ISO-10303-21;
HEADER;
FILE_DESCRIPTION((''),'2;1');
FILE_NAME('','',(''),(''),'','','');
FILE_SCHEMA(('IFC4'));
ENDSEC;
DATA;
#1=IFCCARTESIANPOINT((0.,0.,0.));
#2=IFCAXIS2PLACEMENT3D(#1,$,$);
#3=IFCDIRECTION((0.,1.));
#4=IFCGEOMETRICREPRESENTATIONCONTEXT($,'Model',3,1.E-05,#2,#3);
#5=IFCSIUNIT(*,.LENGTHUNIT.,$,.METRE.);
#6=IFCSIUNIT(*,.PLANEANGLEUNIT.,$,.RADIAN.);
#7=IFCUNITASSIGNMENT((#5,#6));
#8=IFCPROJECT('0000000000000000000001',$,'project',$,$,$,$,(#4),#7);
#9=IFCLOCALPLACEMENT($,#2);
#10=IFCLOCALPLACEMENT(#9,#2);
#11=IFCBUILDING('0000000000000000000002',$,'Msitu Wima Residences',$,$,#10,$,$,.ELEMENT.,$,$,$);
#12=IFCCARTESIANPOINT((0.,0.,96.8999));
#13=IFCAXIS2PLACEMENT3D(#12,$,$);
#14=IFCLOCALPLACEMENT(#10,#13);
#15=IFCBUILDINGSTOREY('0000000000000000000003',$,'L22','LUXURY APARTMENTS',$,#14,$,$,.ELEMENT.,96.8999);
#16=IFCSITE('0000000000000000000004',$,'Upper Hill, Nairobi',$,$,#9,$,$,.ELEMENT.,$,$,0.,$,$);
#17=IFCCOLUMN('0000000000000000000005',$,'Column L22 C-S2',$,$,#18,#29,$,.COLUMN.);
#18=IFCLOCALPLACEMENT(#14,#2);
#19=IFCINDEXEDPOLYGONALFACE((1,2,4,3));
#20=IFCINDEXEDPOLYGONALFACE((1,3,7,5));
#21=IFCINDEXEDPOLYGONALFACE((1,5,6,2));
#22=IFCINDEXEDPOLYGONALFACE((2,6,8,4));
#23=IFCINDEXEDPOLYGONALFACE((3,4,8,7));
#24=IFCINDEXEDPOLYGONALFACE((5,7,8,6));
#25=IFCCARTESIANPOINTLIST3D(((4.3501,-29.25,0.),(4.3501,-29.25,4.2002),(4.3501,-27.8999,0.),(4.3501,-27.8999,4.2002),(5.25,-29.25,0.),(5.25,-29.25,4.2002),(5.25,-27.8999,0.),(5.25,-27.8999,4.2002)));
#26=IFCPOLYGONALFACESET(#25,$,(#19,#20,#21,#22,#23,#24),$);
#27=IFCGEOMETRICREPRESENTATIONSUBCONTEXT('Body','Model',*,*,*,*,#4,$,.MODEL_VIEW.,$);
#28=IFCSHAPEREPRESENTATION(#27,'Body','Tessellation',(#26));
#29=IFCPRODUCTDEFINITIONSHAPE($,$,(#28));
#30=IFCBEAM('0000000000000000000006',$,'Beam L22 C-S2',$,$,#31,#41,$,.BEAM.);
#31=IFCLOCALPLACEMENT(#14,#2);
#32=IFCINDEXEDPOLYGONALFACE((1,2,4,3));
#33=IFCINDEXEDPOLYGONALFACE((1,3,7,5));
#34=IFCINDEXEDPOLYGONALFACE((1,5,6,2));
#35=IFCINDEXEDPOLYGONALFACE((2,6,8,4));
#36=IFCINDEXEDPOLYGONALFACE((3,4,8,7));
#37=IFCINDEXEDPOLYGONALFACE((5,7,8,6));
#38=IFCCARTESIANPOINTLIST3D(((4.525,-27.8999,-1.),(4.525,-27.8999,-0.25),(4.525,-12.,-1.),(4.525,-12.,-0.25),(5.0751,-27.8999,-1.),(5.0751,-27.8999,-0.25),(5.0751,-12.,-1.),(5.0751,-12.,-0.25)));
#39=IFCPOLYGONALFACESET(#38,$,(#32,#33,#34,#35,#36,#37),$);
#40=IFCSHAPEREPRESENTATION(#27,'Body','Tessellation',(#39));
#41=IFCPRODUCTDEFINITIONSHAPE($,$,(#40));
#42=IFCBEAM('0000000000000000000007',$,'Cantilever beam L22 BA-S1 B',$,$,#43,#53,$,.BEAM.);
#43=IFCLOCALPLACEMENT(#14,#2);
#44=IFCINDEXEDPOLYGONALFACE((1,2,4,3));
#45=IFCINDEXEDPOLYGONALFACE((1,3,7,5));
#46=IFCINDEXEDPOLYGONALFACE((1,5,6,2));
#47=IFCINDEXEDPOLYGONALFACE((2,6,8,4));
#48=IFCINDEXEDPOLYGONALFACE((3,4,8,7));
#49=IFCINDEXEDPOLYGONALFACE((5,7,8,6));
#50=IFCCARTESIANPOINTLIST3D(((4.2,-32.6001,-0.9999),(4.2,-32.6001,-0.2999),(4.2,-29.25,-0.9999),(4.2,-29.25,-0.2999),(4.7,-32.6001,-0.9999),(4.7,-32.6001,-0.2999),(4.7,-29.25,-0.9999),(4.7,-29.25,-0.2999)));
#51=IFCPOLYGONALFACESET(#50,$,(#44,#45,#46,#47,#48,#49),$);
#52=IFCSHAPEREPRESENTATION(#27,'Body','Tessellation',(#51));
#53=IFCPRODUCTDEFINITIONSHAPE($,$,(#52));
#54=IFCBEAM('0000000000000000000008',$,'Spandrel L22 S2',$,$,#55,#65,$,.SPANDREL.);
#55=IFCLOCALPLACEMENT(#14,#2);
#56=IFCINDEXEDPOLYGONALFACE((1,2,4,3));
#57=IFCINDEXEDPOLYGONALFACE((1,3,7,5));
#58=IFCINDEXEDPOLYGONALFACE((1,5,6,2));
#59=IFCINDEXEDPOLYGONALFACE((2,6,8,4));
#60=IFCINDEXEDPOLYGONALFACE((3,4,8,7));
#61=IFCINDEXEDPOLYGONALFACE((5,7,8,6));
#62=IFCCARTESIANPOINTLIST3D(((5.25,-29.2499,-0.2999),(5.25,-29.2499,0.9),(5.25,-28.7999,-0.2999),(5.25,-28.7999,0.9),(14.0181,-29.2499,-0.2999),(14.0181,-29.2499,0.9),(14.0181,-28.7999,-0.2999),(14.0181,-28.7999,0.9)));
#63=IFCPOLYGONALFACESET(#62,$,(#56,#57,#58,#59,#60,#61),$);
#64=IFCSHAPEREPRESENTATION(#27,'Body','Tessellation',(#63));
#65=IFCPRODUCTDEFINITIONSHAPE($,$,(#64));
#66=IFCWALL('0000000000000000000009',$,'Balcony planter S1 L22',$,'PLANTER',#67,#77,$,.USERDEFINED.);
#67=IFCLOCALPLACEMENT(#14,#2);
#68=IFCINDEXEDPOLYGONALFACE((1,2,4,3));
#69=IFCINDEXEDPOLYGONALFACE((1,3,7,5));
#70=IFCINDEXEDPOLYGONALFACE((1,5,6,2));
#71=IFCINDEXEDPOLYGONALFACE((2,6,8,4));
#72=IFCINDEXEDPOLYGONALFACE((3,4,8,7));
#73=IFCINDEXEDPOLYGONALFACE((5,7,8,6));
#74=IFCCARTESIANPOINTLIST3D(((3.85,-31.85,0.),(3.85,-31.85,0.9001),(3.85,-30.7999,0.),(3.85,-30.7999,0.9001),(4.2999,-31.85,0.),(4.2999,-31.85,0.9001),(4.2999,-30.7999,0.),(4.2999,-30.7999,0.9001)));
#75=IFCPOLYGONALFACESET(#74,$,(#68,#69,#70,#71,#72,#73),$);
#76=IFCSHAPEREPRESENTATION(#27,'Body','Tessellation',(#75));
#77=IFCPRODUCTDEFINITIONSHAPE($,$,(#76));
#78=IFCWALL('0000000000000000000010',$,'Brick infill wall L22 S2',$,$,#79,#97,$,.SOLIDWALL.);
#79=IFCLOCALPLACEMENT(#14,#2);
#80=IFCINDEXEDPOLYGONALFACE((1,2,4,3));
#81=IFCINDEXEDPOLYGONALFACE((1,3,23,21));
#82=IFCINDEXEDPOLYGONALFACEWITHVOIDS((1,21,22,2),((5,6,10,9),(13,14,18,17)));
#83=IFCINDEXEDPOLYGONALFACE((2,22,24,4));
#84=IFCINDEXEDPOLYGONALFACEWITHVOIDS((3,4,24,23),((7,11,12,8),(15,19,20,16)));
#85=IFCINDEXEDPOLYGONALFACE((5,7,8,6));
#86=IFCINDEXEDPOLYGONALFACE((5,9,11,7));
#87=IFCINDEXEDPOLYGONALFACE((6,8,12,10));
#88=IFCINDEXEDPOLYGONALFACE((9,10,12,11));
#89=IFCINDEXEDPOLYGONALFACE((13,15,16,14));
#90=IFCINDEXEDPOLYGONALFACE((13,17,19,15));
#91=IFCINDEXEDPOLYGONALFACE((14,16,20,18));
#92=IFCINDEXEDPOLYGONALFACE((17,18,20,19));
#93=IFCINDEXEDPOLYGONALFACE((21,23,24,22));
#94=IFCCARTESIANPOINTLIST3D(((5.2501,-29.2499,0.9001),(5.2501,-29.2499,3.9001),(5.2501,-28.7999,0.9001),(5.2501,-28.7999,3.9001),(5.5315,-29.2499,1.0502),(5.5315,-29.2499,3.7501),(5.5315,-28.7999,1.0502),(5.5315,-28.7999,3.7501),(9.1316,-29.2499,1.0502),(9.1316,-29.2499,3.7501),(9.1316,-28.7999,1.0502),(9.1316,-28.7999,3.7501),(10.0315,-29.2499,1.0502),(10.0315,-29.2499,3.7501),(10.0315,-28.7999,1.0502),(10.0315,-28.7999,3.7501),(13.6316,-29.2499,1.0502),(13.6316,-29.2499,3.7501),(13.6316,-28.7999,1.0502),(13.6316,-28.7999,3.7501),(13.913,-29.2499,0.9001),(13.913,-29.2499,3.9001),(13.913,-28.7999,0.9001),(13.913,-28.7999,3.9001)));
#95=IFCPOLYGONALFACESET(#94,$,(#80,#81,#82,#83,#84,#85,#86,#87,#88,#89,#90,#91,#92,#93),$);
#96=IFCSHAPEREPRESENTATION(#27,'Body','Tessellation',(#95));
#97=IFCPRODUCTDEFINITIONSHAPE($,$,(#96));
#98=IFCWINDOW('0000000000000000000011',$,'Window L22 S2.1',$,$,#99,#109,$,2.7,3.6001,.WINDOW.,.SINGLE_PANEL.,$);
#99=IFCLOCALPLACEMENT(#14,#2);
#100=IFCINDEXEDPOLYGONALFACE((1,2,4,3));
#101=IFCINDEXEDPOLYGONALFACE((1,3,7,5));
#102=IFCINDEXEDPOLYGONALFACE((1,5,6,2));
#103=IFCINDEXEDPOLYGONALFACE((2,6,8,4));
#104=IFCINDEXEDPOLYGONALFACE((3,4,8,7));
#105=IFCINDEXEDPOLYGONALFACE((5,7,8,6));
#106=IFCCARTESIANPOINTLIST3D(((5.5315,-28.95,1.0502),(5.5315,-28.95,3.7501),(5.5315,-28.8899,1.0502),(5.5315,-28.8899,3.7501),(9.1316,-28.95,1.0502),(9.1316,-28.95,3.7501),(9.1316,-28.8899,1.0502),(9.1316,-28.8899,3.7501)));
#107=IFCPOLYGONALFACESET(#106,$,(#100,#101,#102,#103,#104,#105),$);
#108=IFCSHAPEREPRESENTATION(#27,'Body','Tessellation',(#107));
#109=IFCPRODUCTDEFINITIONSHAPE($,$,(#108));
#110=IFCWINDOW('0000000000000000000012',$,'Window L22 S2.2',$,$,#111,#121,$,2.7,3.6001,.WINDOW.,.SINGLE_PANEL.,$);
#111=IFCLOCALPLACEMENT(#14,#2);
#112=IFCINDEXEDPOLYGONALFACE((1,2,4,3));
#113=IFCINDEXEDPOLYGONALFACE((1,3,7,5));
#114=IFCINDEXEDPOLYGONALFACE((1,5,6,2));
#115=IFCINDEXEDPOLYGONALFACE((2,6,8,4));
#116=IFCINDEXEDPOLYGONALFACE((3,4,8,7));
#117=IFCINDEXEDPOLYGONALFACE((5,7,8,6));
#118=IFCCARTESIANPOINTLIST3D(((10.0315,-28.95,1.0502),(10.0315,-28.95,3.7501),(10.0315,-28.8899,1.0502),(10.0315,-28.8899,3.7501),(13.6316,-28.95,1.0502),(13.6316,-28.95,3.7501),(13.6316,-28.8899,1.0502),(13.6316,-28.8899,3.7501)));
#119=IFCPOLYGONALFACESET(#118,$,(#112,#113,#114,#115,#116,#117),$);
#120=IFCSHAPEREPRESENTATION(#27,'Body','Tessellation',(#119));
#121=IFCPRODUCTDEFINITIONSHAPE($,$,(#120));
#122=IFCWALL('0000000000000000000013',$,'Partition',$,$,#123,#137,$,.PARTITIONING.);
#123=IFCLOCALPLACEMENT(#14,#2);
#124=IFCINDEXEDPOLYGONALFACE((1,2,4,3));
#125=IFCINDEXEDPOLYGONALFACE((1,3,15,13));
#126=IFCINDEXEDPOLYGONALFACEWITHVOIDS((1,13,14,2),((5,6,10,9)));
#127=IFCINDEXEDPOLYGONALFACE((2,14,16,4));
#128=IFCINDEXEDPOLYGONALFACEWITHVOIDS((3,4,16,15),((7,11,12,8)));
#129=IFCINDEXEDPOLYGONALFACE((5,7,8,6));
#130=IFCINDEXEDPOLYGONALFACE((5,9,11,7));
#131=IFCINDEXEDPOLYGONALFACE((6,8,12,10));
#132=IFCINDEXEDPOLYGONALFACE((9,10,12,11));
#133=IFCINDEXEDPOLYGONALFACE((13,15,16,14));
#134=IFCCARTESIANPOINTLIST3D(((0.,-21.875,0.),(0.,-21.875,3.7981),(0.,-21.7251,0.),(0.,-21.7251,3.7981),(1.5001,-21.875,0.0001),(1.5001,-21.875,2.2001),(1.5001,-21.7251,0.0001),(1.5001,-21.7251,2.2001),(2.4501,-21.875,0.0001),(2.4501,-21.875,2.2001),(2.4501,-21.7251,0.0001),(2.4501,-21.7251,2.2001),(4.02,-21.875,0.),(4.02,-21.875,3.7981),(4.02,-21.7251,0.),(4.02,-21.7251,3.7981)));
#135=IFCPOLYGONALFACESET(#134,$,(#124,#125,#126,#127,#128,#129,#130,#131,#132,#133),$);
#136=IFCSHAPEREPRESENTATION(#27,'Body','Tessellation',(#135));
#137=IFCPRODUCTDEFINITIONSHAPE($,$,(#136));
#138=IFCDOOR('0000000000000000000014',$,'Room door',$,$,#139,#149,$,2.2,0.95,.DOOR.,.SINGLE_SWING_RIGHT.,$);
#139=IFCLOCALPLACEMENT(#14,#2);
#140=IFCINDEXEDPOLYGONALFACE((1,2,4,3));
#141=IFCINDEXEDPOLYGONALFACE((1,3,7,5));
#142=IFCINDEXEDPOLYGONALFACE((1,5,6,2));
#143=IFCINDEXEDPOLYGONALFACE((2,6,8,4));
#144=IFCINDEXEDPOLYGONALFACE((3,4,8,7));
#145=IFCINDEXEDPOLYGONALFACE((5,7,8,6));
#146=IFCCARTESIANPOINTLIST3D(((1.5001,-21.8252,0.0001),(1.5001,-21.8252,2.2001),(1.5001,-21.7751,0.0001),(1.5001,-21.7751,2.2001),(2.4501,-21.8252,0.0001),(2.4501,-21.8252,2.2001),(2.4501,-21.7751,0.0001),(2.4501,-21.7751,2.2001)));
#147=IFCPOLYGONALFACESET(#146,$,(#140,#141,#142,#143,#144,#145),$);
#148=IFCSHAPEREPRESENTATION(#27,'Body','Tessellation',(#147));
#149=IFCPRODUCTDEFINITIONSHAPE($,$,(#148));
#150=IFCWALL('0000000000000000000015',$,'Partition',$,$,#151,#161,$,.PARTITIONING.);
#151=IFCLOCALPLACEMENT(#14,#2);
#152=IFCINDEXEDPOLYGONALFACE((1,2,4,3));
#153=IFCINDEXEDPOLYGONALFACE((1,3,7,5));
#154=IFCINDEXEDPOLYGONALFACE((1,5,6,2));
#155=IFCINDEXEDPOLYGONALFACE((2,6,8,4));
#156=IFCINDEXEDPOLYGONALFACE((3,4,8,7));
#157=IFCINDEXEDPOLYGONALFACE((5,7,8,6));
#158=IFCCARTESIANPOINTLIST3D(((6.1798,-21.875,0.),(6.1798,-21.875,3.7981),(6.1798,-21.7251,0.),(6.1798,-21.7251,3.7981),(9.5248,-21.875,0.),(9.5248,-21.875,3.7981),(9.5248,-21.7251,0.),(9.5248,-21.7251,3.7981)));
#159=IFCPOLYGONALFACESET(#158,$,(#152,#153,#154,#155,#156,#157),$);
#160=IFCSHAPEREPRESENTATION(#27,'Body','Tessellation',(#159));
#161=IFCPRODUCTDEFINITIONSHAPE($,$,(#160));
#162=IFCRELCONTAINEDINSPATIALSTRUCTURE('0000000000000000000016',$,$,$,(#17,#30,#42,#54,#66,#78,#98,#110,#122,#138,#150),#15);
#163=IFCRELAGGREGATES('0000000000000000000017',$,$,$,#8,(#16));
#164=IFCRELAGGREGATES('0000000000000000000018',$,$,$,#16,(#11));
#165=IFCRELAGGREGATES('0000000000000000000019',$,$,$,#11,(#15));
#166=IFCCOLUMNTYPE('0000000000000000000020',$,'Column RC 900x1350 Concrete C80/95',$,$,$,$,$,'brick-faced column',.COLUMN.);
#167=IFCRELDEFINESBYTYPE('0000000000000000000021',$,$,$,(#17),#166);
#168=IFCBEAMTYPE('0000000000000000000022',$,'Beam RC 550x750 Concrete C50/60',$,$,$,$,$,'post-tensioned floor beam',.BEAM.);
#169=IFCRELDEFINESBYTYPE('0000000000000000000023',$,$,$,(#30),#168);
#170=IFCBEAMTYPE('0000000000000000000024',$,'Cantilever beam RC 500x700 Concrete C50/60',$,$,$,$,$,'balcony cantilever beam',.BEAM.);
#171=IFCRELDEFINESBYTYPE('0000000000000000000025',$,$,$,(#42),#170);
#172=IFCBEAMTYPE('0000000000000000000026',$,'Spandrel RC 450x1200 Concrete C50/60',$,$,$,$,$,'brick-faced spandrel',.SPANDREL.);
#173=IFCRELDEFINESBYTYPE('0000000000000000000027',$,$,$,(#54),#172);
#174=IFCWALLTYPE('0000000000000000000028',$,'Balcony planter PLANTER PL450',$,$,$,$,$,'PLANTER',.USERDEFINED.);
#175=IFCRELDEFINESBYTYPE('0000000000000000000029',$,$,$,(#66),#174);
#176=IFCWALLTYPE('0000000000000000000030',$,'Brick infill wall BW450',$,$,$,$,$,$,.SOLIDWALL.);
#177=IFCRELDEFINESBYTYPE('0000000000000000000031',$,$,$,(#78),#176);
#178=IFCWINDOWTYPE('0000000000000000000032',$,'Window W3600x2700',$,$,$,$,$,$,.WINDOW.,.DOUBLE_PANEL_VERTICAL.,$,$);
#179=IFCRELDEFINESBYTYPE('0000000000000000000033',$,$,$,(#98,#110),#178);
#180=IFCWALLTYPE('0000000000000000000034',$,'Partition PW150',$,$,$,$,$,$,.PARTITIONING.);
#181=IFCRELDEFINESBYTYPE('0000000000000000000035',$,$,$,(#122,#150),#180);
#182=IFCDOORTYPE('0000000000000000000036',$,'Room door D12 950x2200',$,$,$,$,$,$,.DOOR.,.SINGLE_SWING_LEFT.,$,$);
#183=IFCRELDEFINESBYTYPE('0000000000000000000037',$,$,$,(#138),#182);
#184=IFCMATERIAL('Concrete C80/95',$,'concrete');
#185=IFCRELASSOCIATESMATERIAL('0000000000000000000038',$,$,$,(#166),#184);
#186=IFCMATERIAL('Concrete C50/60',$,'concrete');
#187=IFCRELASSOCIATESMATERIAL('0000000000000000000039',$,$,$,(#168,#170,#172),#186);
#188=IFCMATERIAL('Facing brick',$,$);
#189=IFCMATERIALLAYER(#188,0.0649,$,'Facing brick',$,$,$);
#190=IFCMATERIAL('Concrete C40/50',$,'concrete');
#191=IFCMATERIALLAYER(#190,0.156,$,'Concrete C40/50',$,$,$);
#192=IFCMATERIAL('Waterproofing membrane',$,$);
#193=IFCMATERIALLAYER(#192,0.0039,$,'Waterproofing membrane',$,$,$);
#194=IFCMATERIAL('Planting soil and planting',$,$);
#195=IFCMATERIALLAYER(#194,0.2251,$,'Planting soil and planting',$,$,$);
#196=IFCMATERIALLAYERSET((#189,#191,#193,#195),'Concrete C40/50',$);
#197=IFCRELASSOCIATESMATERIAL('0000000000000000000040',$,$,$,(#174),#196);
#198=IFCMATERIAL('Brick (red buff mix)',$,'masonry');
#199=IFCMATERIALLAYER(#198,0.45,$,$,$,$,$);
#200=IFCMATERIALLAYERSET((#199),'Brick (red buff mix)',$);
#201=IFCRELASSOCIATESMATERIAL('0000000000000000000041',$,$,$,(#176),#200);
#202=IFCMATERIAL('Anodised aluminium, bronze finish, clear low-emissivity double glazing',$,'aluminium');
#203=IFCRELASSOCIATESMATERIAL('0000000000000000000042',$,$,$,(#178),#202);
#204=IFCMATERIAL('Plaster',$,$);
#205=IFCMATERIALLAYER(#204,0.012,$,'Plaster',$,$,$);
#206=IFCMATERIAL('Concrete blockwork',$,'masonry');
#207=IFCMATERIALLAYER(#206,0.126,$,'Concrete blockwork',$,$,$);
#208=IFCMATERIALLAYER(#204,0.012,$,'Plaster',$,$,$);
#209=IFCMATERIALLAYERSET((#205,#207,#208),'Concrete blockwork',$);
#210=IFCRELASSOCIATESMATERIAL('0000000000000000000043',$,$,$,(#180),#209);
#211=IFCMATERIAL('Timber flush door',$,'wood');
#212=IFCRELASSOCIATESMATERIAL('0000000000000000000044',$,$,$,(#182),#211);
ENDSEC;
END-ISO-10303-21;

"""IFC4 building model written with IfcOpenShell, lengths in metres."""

from ifc_helpers import new_model, si_unit, direction, frame, frame_2d, origin, origin_2d, place, context, subcontext, project, spatial, rectangle, extrude, material, layer, layer_set, material_profile, profile_set, type_object, element, fill, save


model = new_model("IFC4")

# Units and contexts
model_context = context("Model", 3, precision=1e-05, world=origin(), true_north=direction((0.0, 1.0)))
body_context = subcontext(model_context, "Body", "Model", "MODEL_VIEW")
ifc_project = project(units=[si_unit("LENGTHUNIT", "METRE"), si_unit("PLANEANGLEUNIT", "RADIAN")], contexts=[model_context])

# Site, building, storey
site_placement = place(None, origin())
site = spatial("IfcSite", under=ifc_project, at=site_placement, Name="Upper Hill, Nairobi", CompositionType="ELEMENT", RefElevation=0.0)
building_placement = place(site_placement, origin())
building = spatial("IfcBuilding", under=site, at=building_placement, Name="Msitu Wima Residences", CompositionType="ELEMENT")
storey_placement = place(building_placement, frame((0.0, 0.0, 96.8999)))
storey = spatial("IfcBuildingStorey", under=building, at=storey_placement, Name="L22", Description="LUXURY APARTMENTS", CompositionType="ELEMENT", Elevation=96.8999)

# Column
ifc_material_1 = material(Name="Concrete C80/95", Category="concrete")
ifc_material_profile_1 = material_profile(ifc_material_1, rectangle(XDim=0.8999, YDim=1.3501, at=origin_2d()), Name="RC 900x1350")
ifc_profile_set_1 = profile_set([ifc_material_profile_1], Name="Concrete C80/95")
column_type = type_object("IfcColumnType", Name="Column RC 900x1350 Concrete C80/95", ElementType="brick-faced column", PredefinedType="COLUMN", material=ifc_profile_set_1)
column_placement = place(storey_placement, frame((4.8, -28.575, 0.0), z_axis=(0.0, 0.0, 1.0), x_axis=(1.0, 0.0, 0.0)))
element("IfcColumn", 1, at=column_placement, inside=storey, type_object=column_type, Name="Column L22 C-S2", PredefinedType="COLUMN", context=body_context, shape_type="SweptSolid", body=[
    extrude(rectangle(XDim=0.8999, YDim=1.3501, at=origin_2d()), origin(), (0.0, 0.0, 1.0), 4.2002),
])

# Beams
ifc_material_2 = material(Name="Concrete C50/60", Category="concrete")
ifc_material_profile_2 = material_profile(ifc_material_2, rectangle(XDim=0.55, YDim=0.75, at=origin_2d()), Name="RC 550x750")
ifc_profile_set_2 = profile_set([ifc_material_profile_2], Name="Concrete C50/60")
beam_type_1 = type_object("IfcBeamType", Name="Beam RC 550x750 Concrete C50/60", ElementType="post-tensioned floor beam", PredefinedType="BEAM", material=ifc_profile_set_2)
beam_1_placement = place(storey_placement, frame((4.8, -27.8999, -0.625), z_axis=(0.0, 1.0, 0.0), x_axis=(-1.0, 0.0, 0.0)))
element("IfcBeam", 2, at=beam_1_placement, inside=storey, type_object=beam_type_1, Name="Beam L22 C-S2", PredefinedType="BEAM", context=body_context, shape_type="SweptSolid", body=[
    extrude(rectangle(XDim=0.55, YDim=0.75, at=origin_2d()), origin(), (0.0, 0.0, 1.0), 15.8999),
])
ifc_material_profile_3 = material_profile(ifc_material_2, rectangle(XDim=0.5, YDim=0.7, at=origin_2d()), Name="RC 500x700")
ifc_profile_set_3 = profile_set([ifc_material_profile_3], Name="Concrete C50/60")
beam_type_2 = type_object("IfcBeamType", Name="Cantilever beam RC 500x700 Concrete C50/60", ElementType="balcony cantilever beam", PredefinedType="BEAM", material=ifc_profile_set_3)
beam_2_placement = place(storey_placement, frame((4.45, -29.25, -0.6499), z_axis=(0.0, -1.0, 0.0), x_axis=(1.0, 0.0, 0.0)))
element("IfcBeam", 3, at=beam_2_placement, inside=storey, type_object=beam_type_2, Name="Cantilever beam L22 BA-S1 B", PredefinedType="BEAM", context=body_context, shape_type="SweptSolid", body=[
    extrude(rectangle(XDim=0.5, YDim=0.7, at=origin_2d()), origin(), (0.0, 0.0, 1.0), 3.3501),
])
ifc_material_profile_4 = material_profile(ifc_material_2, rectangle(XDim=0.45, YDim=1.2, at=origin_2d()), Name="RC 450x1200")
ifc_profile_set_4 = profile_set([ifc_material_profile_4], Name="Concrete C50/60")
beam_type_3 = type_object("IfcBeamType", Name="Spandrel RC 450x1200 Concrete C50/60", ElementType="brick-faced spandrel", PredefinedType="SPANDREL", material=ifc_profile_set_4)
beam_3_placement = place(storey_placement, frame((5.25, -29.0249, 0.3), z_axis=(1.0, 0.0, 0.0), x_axis=(0.0, 1.0, 0.0)))
element("IfcBeam", 4, at=beam_3_placement, inside=storey, type_object=beam_type_3, Name="Spandrel L22 S2", PredefinedType="SPANDREL", context=body_context, shape_type="SweptSolid", body=[
    extrude(rectangle(XDim=0.45, YDim=1.2, at=origin_2d()), origin(), (0.0, 0.0, 1.0), 8.7681),
])

# Wall
ifc_material_3 = material(Name="Facing brick")
ifc_layer_1 = layer(ifc_material_3, 0.0649, Name="Facing brick")
ifc_material_4 = material(Name="Concrete C40/50", Category="concrete")
ifc_layer_2 = layer(ifc_material_4, 0.156, Name="Concrete C40/50")
ifc_material_5 = material(Name="Waterproofing membrane")
ifc_layer_3 = layer(ifc_material_5, 0.0039, Name="Waterproofing membrane")
ifc_material_6 = material(Name="Planting soil and planting")
ifc_layer_4 = layer(ifc_material_6, 0.2251, Name="Planting soil and planting")
ifc_layer_set_1 = layer_set([ifc_layer_1, ifc_layer_2, ifc_layer_3, ifc_layer_4], Name="Concrete C40/50")
wall_type_1 = type_object("IfcWallType", Name="Balcony planter PLANTER PL450", ElementType="PLANTER", PredefinedType="USERDEFINED", material=ifc_layer_set_1)
wall_1_placement = place(storey_placement, frame((4.075, -30.8, 0.0), z_axis=(0.0, 0.0, 1.0), x_axis=(0.0, -1.0, 0.0)))
element("IfcWall", 5, at=wall_1_placement, inside=storey, type_object=wall_type_1, Name="Balcony planter S1 L22", ObjectType="PLANTER", PredefinedType="USERDEFINED", context=body_context, shape_type="SweptSolid", body=[
    extrude(rectangle(XDim=1.05, YDim=0.45, at=frame_2d((0.5249, 0.0))), origin(), (0.0, 0.0, 1.0), 0.9001),
])

# Wall, openings, windows
ifc_material_7 = material(Name="Brick (red buff mix)", Category="masonry")
ifc_layer_5 = layer(ifc_material_7, 0.45)
ifc_layer_set_2 = layer_set([ifc_layer_5], Name="Brick (red buff mix)")
wall_type_2 = type_object("IfcWallType", Name="Brick infill wall BW450", PredefinedType="SOLIDWALL", material=ifc_layer_set_2)
wall_2_placement = place(storey_placement, frame((5.25, -29.0249, 0.9001), z_axis=(0.0, 0.0, 1.0), x_axis=(1.0, 0.0, 0.0)))
wall_2 = element("IfcWall", 6, at=wall_2_placement, inside=storey, type_object=wall_type_2, Name="Brick infill wall L22 S2", PredefinedType="SOLIDWALL", context=body_context, shape_type="SweptSolid", body=[
    extrude(rectangle(XDim=8.6628, YDim=0.45, at=frame_2d((4.3315, 0.0))), origin(), (0.0, 0.0, 1.0), 3.0),
])
opening_1_placement = place(wall_2_placement, frame((0.2815, 0.0, 0.1499)))
opening_1 = element("IfcOpeningElement", 7, at=opening_1_placement, cuts=wall_2, PredefinedType="OPENING", context=body_context, shape_type="SweptSolid", body=[
    extrude(rectangle(XDim=3.6001, YDim=2.7, at=frame_2d((1.8, 1.3501))), frame((0.0, 0.2349, 0.0), z_axis=(0.0, -1.0, 0.0), x_axis=(1.0, 0.0, 0.0)), (0.0, 0.0, 1.0), 0.47),
])
opening_2_placement = place(wall_2_placement, frame((4.7815, 0.0, 0.1499)))
opening_2 = element("IfcOpeningElement", 8, at=opening_2_placement, cuts=wall_2, PredefinedType="OPENING", context=body_context, shape_type="SweptSolid", body=[
    extrude(rectangle(XDim=3.6001, YDim=2.7, at=frame_2d((1.8, 1.3501))), frame((0.0, 0.2349, 0.0), z_axis=(0.0, -1.0, 0.0), x_axis=(1.0, 0.0, 0.0)), (0.0, 0.0, 1.0), 0.47),
])
ifc_material_8 = material(Name="Anodised aluminium, bronze finish, clear low-emissivity double glazing", Category="aluminium")
window_type = type_object("IfcWindowType", Name="Window W3600x2700", PartitioningType="DOUBLE_PANEL_VERTICAL", PredefinedType="WINDOW", material=ifc_material_8)
window_1_placement = place(opening_1_placement, origin())
window_1 = element("IfcWindow", 9, at=window_1_placement, inside=storey, type_object=window_type, Name="Window L22 S2.1", OverallHeight=2.7, OverallWidth=3.6001, PartitioningType="SINGLE_PANEL", PredefinedType="WINDOW", context=body_context, shape_type="SweptSolid", body=[
    extrude(rectangle(XDim=3.6001, YDim=2.7, at=frame_2d((1.8, 1.3501))), frame((0.0, 0.135, 0.0), z_axis=(0.0, -1.0, 0.0), x_axis=(1.0, 0.0, 0.0)), (0.0, 0.0, 1.0), 0.0601),
])
fill(opening_1, window_1)
window_2_placement = place(opening_2_placement, origin())
window_2 = element("IfcWindow", 10, at=window_2_placement, inside=storey, type_object=window_type, Name="Window L22 S2.2", OverallHeight=2.7, OverallWidth=3.6001, PartitioningType="SINGLE_PANEL", PredefinedType="WINDOW", context=body_context, shape_type="SweptSolid", body=[
    extrude(rectangle(XDim=3.6001, YDim=2.7, at=frame_2d((1.8, 1.3501))), frame((0.0, 0.135, 0.0), z_axis=(0.0, -1.0, 0.0), x_axis=(1.0, 0.0, 0.0)), (0.0, 0.0, 1.0), 0.0601),
])
fill(opening_2, window_2)

# Wall, opening, door
ifc_material_9 = material(Name="Plaster")
ifc_layer_6 = layer(ifc_material_9, 0.012, Name="Plaster")
ifc_material_10 = material(Name="Concrete blockwork", Category="masonry")
ifc_layer_7 = layer(ifc_material_10, 0.126, Name="Concrete blockwork")
ifc_layer_8 = layer(ifc_material_9, 0.012, Name="Plaster")
ifc_layer_set_3 = layer_set([ifc_layer_6, ifc_layer_7, ifc_layer_8], Name="Concrete blockwork")
wall_type_3 = type_object("IfcWallType", Name="Partition PW150", PredefinedType="PARTITIONING", material=ifc_layer_set_3)
wall_3_placement = place(storey_placement, frame((0.0, -21.8, 0.0), z_axis=(0.0, 0.0, 1.0), x_axis=(1.0, 0.0, 0.0)))
wall_3 = element("IfcWall", 11, at=wall_3_placement, inside=storey, type_object=wall_type_3, Name="Partition", PredefinedType="PARTITIONING", context=body_context, shape_type="SweptSolid", body=[
    extrude(rectangle(XDim=4.02, YDim=0.1499, at=frame_2d((2.01, 0.0))), origin(), (0.0, 0.0, 1.0), 3.7981),
])
opening_3_placement = place(wall_3_placement, frame((1.5, 0.0, 0.0)))
opening_3 = element("IfcOpeningElement", 12, at=opening_3_placement, cuts=wall_3, PredefinedType="OPENING", context=body_context, shape_type="SweptSolid", body=[
    extrude(rectangle(XDim=0.95, YDim=2.2, at=frame_2d((0.4751, 1.1001))), frame((0.0, 0.085, 0.0), z_axis=(0.0, -1.0, 0.0), x_axis=(1.0, 0.0, 0.0)), (0.0, 0.0, 1.0), 0.1699),
])
ifc_material_11 = material(Name="Timber flush door", Category="wood")
door_type_1 = type_object("IfcDoorType", Name="Room door D12 950x2200", OperationType="SINGLE_SWING_LEFT", PredefinedType="DOOR", material=ifc_material_11)
door_1_placement = place(opening_3_placement, origin())
door_1 = element("IfcDoor", 13, at=door_1_placement, inside=storey, type_object=door_type_1, Name="Room door", OperationType="SINGLE_SWING_RIGHT", OverallHeight=2.2, OverallWidth=0.95, PredefinedType="DOOR", context=body_context, shape_type="SweptSolid", body=[
    extrude(rectangle(XDim=0.95, YDim=2.2, at=frame_2d((0.4751, 1.1001))), frame((0.0, 0.0249, 0.0), z_axis=(0.0, -1.0, 0.0), x_axis=(1.0, 0.0, 0.0)), (0.0, 0.0, 1.0), 0.05),
])
fill(opening_3, door_1)

# Wall
wall_4_placement = place(storey_placement, frame((6.1799, -21.8, 0.0), z_axis=(0.0, 0.0, 1.0), x_axis=(1.0, 0.0, 0.0)))
element("IfcWall", 14, at=wall_4_placement, inside=storey, type_object=wall_type_3, Name="Partition", PredefinedType="PARTITIONING", context=body_context, shape_type="SweptSolid", body=[
    extrude(rectangle(XDim=3.345, YDim=0.1499, at=frame_2d((1.6724, 0.0))), origin(), (0.0, 0.0, 1.0), 3.7981),
])

save(model, "model.ifc")
